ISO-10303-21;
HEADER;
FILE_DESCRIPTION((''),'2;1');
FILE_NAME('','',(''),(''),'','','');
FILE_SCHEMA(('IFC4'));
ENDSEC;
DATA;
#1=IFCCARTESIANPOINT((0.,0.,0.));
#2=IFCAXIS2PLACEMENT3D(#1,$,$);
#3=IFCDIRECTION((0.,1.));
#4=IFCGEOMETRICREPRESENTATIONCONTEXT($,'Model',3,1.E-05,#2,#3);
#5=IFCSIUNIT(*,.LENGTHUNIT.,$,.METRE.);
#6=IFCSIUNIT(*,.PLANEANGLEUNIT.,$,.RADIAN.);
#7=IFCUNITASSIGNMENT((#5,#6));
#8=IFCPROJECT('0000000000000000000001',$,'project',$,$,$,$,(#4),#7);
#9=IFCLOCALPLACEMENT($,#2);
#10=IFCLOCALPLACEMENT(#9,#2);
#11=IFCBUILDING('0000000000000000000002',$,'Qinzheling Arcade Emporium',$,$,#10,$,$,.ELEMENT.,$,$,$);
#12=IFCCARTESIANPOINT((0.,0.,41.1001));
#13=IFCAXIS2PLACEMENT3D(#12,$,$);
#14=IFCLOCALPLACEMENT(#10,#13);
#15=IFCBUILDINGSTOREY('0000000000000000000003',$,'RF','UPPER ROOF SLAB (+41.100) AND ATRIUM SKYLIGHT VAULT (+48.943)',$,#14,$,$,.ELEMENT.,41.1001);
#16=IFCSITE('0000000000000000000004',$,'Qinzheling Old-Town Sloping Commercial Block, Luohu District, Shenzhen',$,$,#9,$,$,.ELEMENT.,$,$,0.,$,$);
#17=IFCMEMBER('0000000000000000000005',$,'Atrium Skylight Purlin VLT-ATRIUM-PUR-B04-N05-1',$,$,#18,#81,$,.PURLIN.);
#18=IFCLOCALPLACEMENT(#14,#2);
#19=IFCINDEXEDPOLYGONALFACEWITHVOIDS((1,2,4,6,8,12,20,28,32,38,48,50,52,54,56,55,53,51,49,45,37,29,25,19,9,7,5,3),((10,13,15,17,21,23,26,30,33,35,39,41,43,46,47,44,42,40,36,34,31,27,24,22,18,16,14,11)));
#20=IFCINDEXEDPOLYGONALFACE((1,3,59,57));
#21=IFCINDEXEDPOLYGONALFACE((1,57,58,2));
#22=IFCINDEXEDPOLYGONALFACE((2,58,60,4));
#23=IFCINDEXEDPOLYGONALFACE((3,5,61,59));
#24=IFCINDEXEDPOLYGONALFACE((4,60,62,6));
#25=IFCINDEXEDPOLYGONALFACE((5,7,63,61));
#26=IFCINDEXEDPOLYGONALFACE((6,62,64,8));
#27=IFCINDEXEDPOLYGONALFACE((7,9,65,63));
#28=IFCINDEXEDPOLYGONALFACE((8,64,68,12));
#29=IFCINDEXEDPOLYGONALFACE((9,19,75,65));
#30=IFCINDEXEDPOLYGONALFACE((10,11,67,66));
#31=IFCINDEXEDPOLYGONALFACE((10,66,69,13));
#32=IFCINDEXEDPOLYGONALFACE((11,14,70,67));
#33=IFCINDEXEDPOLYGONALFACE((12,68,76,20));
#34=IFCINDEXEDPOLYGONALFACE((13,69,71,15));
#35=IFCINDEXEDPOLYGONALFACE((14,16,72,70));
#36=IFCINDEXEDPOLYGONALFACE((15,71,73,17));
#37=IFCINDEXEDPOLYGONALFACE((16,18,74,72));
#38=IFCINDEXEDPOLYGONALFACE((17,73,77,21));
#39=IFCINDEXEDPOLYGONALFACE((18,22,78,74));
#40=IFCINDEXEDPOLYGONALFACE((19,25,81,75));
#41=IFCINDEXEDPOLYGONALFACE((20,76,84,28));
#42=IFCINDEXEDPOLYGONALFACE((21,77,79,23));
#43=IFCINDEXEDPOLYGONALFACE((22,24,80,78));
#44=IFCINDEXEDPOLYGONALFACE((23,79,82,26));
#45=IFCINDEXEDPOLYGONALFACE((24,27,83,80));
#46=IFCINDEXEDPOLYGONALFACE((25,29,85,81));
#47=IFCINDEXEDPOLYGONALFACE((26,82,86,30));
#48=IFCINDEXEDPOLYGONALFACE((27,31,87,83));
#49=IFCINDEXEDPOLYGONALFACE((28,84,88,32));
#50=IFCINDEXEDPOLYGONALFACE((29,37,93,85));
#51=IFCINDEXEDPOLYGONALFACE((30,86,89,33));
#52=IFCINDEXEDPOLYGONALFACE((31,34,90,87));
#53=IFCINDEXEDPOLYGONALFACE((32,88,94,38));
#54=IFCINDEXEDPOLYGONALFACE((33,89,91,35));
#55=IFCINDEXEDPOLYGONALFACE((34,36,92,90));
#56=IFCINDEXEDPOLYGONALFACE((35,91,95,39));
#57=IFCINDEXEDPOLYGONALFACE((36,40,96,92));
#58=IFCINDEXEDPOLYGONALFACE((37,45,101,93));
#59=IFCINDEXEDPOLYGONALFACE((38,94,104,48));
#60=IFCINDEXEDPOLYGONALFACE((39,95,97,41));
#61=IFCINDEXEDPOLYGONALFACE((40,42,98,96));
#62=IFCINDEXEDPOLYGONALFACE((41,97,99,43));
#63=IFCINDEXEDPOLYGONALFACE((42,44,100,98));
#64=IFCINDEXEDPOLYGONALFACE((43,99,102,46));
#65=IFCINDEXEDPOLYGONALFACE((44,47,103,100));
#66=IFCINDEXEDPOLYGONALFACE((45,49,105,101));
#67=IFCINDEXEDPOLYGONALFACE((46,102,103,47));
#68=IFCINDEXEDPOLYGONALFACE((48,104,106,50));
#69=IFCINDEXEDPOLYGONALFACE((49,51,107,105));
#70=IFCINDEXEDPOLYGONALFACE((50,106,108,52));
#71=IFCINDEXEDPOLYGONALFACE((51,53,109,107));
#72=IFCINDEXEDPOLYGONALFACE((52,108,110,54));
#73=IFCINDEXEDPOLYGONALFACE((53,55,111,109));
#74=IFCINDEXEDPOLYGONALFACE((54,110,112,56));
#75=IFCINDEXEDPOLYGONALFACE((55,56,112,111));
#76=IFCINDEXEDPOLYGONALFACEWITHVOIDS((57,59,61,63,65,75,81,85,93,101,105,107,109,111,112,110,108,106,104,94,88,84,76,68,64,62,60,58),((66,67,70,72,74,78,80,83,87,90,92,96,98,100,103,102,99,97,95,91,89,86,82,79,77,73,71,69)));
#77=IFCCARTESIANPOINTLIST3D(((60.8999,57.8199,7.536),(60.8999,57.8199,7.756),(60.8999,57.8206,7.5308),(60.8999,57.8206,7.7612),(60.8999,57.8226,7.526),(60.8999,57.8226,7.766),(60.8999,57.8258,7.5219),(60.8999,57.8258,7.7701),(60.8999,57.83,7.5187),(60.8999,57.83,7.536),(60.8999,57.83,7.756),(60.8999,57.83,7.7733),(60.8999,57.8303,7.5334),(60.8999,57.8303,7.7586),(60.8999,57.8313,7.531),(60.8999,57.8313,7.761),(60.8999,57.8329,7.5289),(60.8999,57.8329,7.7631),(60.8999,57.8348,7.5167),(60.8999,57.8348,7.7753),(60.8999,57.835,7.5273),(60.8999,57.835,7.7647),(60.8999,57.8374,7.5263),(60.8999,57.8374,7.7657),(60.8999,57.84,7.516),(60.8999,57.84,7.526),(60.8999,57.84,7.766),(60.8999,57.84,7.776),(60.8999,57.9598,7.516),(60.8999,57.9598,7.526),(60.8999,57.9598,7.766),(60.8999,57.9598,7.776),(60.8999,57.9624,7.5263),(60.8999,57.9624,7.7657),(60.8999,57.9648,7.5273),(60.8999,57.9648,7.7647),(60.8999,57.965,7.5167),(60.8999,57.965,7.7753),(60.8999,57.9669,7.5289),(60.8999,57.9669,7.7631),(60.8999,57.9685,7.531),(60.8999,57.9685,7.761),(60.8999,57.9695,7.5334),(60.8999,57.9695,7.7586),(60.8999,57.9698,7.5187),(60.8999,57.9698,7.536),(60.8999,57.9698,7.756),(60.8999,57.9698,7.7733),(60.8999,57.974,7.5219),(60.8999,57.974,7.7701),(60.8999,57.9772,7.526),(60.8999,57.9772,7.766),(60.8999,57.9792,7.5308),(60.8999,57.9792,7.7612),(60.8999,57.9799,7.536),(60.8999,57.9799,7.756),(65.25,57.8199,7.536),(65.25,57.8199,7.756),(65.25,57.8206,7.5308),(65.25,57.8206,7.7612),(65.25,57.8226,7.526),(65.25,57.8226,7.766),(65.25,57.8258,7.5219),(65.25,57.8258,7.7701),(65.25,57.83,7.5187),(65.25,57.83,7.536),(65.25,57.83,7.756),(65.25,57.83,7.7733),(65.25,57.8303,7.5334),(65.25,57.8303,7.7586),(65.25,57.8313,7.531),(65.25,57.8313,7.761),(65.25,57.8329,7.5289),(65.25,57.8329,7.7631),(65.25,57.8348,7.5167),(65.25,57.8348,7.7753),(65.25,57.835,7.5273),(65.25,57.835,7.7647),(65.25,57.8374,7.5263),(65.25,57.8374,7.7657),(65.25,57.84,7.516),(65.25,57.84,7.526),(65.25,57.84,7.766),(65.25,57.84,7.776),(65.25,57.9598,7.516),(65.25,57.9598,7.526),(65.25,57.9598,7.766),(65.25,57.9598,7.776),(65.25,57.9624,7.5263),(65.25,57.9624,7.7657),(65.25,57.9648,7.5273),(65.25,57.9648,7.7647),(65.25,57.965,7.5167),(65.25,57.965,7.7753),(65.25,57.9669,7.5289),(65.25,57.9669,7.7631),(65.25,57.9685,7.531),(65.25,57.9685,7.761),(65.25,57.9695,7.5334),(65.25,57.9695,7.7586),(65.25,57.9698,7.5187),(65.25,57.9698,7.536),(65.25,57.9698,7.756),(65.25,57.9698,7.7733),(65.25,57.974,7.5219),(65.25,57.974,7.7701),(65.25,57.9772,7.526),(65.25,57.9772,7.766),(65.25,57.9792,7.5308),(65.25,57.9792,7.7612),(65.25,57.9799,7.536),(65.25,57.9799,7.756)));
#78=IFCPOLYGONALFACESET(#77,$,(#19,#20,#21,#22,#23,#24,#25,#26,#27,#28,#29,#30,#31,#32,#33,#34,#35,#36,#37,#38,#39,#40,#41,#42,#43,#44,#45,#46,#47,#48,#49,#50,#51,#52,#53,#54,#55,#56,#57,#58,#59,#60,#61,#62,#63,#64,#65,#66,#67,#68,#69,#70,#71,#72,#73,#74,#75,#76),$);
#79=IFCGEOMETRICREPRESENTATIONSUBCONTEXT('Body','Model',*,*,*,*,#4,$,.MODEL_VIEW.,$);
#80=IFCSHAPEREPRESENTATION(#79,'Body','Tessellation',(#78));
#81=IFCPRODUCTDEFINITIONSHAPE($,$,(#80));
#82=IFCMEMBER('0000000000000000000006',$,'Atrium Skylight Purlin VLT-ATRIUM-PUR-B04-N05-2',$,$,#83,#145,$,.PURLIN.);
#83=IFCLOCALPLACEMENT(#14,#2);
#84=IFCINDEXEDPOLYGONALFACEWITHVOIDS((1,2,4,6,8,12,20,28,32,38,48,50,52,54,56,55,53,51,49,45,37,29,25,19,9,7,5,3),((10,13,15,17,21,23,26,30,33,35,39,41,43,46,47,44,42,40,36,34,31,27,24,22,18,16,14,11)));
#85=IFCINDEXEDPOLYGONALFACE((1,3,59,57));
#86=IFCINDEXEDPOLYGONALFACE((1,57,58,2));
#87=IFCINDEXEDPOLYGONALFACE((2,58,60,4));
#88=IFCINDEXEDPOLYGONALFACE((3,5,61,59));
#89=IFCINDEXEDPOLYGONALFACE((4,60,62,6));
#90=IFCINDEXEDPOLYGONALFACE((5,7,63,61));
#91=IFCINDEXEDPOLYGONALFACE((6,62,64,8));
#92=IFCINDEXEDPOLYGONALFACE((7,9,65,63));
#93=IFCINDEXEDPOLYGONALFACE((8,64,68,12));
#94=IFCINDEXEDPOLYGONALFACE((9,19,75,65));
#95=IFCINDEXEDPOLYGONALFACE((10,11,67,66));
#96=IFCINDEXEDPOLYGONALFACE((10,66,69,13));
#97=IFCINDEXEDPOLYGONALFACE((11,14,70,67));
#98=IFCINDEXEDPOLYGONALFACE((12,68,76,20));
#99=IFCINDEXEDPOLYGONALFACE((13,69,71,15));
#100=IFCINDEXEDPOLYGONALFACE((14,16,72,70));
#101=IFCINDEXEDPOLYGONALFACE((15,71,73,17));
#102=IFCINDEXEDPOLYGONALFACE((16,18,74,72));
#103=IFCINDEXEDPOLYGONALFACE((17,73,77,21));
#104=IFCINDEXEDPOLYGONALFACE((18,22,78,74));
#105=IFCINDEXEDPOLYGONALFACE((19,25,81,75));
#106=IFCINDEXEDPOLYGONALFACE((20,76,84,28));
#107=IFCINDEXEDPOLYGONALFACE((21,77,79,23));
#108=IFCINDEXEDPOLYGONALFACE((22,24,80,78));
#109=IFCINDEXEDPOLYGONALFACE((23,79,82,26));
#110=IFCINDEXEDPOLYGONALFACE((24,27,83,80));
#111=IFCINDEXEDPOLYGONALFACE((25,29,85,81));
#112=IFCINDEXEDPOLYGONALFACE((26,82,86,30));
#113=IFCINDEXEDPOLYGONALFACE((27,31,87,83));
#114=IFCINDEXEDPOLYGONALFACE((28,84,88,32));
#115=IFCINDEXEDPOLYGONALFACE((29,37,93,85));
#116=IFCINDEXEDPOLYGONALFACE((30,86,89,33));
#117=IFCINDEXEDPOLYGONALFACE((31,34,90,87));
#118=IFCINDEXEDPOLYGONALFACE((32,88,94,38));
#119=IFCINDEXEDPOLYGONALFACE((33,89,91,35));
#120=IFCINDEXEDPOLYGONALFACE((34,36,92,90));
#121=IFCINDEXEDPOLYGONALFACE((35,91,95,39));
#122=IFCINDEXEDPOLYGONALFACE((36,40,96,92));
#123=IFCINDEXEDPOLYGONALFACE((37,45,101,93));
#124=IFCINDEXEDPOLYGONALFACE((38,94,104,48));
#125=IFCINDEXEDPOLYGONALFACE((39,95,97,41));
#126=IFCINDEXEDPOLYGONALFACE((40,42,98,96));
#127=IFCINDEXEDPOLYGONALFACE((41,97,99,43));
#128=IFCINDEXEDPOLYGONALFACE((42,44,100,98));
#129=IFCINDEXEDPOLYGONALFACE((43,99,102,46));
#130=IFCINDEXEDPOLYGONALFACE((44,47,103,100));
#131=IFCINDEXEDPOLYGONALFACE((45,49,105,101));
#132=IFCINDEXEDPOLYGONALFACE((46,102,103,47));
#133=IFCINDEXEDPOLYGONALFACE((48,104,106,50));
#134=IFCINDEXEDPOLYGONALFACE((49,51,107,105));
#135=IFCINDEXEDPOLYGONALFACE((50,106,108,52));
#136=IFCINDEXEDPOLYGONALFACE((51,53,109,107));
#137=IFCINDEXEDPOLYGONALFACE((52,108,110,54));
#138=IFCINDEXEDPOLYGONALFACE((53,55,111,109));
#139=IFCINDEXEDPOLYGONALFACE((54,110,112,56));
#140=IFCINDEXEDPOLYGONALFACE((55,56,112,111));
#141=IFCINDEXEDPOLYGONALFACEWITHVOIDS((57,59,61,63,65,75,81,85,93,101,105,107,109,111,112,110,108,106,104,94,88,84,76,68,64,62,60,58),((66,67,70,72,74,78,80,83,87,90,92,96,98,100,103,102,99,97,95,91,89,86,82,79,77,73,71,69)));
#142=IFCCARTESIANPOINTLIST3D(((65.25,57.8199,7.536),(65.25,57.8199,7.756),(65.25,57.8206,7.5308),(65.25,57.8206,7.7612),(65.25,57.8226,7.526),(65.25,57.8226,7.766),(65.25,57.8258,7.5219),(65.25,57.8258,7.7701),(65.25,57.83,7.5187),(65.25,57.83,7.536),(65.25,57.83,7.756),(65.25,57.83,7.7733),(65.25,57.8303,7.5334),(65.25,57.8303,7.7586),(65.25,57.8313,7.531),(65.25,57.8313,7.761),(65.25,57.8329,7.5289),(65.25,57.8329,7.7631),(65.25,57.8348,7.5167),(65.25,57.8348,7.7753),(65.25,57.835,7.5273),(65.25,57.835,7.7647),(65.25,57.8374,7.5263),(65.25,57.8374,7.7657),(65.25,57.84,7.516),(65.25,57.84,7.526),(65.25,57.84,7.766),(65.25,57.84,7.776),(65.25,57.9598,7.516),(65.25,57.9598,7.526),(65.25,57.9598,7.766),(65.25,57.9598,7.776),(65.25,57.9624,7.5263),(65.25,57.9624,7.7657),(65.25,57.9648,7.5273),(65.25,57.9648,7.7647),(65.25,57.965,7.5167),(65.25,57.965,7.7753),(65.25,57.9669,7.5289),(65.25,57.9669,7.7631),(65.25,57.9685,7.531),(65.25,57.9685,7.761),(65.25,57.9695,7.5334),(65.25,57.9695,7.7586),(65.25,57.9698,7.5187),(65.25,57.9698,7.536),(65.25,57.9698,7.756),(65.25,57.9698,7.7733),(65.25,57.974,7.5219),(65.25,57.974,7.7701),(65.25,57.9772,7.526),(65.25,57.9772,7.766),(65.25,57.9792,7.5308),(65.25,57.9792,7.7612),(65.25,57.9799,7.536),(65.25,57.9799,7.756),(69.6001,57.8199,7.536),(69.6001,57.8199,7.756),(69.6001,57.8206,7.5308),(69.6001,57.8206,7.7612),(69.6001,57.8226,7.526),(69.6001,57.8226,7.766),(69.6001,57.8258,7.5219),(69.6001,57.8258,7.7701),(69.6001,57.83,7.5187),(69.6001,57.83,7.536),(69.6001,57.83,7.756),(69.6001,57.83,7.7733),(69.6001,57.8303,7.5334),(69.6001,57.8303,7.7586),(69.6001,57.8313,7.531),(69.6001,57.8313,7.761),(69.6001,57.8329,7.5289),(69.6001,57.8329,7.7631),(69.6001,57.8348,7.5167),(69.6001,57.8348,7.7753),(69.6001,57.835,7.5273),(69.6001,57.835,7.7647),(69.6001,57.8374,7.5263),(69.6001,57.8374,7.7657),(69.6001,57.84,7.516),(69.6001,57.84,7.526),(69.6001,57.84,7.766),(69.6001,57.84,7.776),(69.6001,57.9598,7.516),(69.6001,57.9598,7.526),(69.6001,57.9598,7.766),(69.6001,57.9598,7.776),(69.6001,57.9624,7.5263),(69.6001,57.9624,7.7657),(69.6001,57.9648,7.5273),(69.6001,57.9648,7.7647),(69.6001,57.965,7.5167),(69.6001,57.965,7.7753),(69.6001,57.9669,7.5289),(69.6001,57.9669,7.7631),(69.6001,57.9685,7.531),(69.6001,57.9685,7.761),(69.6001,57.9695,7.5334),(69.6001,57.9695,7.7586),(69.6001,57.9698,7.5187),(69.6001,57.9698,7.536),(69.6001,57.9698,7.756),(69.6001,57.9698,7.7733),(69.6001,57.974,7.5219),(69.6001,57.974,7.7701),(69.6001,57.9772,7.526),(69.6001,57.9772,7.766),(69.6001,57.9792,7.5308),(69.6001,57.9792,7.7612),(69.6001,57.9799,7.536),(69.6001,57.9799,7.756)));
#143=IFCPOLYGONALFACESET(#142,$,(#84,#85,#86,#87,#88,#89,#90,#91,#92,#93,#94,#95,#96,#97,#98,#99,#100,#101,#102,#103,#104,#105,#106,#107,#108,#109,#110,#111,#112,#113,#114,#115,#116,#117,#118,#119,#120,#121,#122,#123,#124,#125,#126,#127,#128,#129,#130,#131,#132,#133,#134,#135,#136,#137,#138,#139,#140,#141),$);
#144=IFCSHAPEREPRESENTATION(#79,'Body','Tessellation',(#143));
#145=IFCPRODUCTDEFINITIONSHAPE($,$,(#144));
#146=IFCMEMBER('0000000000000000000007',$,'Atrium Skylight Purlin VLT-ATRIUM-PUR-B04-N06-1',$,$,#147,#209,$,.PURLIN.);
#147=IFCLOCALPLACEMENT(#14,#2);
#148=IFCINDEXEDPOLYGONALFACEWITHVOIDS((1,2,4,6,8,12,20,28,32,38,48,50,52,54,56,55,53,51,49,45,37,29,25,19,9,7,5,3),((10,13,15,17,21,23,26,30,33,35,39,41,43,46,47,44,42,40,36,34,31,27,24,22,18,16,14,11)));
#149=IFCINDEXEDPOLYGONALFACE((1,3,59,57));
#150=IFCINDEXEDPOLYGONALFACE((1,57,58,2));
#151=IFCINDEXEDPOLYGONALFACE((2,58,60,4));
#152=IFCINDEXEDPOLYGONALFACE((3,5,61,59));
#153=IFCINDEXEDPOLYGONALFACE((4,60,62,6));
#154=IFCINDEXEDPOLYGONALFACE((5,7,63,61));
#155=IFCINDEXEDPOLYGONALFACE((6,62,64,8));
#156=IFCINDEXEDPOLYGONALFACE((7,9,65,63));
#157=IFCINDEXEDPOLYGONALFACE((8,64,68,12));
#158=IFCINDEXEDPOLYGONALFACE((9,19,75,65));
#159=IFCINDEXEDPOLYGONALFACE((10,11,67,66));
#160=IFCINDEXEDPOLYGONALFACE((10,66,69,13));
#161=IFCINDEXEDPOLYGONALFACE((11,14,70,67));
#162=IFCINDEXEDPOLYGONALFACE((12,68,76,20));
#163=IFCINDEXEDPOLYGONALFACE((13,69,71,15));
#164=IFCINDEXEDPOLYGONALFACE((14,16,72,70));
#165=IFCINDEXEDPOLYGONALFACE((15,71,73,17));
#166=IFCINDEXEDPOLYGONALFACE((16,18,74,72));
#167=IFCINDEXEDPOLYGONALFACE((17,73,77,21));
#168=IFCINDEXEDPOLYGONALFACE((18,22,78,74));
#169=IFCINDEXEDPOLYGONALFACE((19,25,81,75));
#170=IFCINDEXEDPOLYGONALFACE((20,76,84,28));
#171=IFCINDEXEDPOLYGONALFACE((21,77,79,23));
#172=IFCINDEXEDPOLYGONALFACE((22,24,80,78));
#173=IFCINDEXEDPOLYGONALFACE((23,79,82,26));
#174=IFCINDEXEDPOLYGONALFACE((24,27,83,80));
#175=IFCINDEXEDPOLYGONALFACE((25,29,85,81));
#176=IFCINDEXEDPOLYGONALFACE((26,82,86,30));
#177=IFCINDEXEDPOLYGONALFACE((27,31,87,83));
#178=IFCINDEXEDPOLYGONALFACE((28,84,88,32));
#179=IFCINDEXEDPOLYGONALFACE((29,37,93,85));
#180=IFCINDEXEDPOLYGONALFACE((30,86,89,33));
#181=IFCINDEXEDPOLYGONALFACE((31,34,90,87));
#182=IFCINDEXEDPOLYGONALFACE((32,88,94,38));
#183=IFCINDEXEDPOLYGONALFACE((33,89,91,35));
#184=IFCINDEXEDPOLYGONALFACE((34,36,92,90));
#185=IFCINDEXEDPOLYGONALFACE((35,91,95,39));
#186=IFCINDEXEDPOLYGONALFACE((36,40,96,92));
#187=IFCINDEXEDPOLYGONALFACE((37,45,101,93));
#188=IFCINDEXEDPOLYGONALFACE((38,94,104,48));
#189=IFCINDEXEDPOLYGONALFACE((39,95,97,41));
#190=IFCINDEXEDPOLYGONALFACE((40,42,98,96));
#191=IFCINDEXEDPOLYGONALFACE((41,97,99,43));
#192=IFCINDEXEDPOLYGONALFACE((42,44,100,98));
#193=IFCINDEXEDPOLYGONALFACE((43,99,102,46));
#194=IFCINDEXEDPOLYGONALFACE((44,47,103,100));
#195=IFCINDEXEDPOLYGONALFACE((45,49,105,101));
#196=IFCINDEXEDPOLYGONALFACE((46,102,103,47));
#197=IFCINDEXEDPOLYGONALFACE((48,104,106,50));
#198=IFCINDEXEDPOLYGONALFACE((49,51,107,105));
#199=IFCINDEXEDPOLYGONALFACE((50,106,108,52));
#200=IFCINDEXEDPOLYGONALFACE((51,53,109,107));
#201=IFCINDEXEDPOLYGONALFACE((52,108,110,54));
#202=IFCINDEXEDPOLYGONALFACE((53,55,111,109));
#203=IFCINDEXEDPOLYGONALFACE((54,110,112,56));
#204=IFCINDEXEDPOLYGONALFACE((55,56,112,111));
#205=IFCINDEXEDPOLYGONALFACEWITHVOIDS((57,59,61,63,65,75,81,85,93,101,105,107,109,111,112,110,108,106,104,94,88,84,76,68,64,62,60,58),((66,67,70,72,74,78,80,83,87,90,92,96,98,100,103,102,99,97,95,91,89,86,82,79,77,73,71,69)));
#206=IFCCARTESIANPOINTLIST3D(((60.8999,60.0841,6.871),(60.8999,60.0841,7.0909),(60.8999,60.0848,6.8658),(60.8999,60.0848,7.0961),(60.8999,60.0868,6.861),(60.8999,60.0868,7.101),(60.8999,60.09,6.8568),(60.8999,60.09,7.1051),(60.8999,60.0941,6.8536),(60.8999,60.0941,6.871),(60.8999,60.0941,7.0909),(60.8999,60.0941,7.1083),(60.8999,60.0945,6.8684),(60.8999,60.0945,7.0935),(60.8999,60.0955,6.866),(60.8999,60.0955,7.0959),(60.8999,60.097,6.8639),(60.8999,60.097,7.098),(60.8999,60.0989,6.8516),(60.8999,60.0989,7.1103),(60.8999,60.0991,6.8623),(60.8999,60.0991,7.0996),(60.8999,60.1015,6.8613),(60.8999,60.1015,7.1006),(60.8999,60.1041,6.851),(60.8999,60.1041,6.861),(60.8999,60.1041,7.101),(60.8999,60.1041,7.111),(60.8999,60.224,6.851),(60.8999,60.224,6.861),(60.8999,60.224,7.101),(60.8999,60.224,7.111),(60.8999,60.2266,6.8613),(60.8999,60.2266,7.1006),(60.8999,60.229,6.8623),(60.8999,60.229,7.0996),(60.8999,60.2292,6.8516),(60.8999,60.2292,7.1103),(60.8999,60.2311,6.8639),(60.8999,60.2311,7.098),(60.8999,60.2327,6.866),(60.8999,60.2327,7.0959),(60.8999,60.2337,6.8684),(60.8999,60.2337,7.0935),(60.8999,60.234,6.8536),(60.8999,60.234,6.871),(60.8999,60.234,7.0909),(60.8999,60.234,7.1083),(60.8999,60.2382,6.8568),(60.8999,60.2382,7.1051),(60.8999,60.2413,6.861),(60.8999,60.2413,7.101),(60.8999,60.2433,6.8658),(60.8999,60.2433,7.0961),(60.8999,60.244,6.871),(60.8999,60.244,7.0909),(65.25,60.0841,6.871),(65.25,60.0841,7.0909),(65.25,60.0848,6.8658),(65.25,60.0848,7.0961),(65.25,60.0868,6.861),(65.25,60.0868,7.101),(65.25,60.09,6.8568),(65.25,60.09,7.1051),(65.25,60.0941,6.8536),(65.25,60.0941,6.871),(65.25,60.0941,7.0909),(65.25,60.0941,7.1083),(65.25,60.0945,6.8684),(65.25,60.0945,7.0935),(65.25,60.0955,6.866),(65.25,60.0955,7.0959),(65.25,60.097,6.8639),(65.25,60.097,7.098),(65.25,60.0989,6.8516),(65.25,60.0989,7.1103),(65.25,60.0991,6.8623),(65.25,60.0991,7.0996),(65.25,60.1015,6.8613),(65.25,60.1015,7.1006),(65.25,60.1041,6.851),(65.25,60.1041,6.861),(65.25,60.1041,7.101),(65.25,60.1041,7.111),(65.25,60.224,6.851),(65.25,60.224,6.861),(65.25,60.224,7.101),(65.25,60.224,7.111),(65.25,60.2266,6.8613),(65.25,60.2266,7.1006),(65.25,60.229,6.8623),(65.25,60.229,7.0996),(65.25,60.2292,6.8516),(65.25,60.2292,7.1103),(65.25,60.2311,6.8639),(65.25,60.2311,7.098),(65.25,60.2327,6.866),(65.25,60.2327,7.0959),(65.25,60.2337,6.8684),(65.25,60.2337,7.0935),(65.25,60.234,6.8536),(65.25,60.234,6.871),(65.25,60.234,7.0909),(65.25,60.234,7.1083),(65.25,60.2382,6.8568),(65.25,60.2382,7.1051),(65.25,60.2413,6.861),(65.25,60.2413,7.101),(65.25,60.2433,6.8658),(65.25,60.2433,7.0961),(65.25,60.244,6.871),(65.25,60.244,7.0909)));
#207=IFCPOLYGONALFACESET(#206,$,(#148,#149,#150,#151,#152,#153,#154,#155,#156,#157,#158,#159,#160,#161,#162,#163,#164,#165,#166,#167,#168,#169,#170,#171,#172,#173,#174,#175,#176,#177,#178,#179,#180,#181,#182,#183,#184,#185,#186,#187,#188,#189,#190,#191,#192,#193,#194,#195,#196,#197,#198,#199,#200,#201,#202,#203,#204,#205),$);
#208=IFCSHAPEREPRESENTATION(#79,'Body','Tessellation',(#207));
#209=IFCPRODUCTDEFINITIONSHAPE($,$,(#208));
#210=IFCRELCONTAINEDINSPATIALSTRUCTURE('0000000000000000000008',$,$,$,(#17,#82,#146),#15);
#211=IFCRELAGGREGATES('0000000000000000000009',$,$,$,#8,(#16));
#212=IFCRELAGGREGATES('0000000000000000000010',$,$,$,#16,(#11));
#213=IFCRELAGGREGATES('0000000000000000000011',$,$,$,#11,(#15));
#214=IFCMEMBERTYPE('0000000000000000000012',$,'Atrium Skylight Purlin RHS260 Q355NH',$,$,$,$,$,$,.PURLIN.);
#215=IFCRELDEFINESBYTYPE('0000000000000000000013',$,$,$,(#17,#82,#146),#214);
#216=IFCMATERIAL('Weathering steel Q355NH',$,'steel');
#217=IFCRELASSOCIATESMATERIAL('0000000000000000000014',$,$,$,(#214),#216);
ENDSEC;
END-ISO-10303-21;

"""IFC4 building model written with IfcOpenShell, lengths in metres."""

from ifc_helpers import new_model, si_unit, direction, frame, origin, origin_2d, place, context, subcontext, project, spatial, hollow_rectangle, extrude, material, material_profile, profile_set, type_object, element, save


model = new_model("IFC4")

# Units and contexts
model_context = context("Model", 3, precision=1e-05, world=origin(), true_north=direction((0.0, 1.0)))
body_context = subcontext(model_context, "Body", "Model", "MODEL_VIEW")
ifc_project = project(units=[si_unit("LENGTHUNIT", "METRE"), si_unit("PLANEANGLEUNIT", "RADIAN")], contexts=[model_context])

# Site, building, storey
site_placement = place(None, origin())
site = spatial("IfcSite", under=ifc_project, at=site_placement, Name="Qinzheling Old-Town Sloping Commercial Block, Luohu District, Shenzhen", CompositionType="ELEMENT", RefElevation=0.0)
building_placement = place(site_placement, origin())
building = spatial("IfcBuilding", under=site, at=building_placement, Name="Qinzheling Arcade Emporium", CompositionType="ELEMENT")
storey_placement = place(building_placement, frame((0.0, 0.0, 41.1001)))
storey = spatial("IfcBuildingStorey", under=building, at=storey_placement, Name="RF", Description="UPPER ROOF SLAB (+41.100) AND ATRIUM SKYLIGHT VAULT (+48.943)", CompositionType="ELEMENT", Elevation=41.1001)

# Shared definitions
ifc_material_1 = material(Name="Weathering steel Q355NH", Category="steel")

# Members
ifc_material_profile_1 = material_profile(ifc_material_1, hollow_rectangle(XDim=0.1599, YDim=0.26, WallThickness=0.01, InnerFilletRadius=0.01, OuterFilletRadius=0.02, at=origin_2d()), Name="RHS 260x160x10", Category="steel")
ifc_profile_set_1 = profile_set([ifc_material_profile_1], Name="Weathering steel Q355NH")
member_type_1 = type_object("IfcMemberType", Name="Atrium Skylight Purlin RHS260 Q355NH", PredefinedType="PURLIN", material=ifc_profile_set_1)
for number, where, z_axis, x_axis, name in (
    (1, (60.8999, 57.8999, 7.646), (1.0, 0.0, 0.0), (0.0, 1.0, 0.0), "Atrium Skylight Purlin VLT-ATRIUM-PUR-B04-N05-1"),
    (2, (65.25, 57.8999, 7.646), (1.0, 0.0, 0.0), (0.0, 1.0, 0.0), "Atrium Skylight Purlin VLT-ATRIUM-PUR-B04-N05-2"),
    (3, (60.8999, 60.1641, 6.981), (1.0, 0.0, 0.0), (0.0, 1.0, 0.0), "Atrium Skylight Purlin VLT-ATRIUM-PUR-B04-N06-1"),
):
    element("IfcMember", number, at=place(storey_placement, frame(where, z_axis=z_axis, x_axis=x_axis)), inside=storey, type_object=member_type_1, Name=name, PredefinedType="PURLIN", context=body_context, shape_type="SweptSolid", body=[
        extrude(hollow_rectangle(XDim=0.1599, YDim=0.26, WallThickness=0.01, InnerFilletRadius=0.01, OuterFilletRadius=0.02, at=origin_2d()), origin(), (0.0, 0.0, 1.0), 4.3501),
    ])

save(model, "model.ifc")
